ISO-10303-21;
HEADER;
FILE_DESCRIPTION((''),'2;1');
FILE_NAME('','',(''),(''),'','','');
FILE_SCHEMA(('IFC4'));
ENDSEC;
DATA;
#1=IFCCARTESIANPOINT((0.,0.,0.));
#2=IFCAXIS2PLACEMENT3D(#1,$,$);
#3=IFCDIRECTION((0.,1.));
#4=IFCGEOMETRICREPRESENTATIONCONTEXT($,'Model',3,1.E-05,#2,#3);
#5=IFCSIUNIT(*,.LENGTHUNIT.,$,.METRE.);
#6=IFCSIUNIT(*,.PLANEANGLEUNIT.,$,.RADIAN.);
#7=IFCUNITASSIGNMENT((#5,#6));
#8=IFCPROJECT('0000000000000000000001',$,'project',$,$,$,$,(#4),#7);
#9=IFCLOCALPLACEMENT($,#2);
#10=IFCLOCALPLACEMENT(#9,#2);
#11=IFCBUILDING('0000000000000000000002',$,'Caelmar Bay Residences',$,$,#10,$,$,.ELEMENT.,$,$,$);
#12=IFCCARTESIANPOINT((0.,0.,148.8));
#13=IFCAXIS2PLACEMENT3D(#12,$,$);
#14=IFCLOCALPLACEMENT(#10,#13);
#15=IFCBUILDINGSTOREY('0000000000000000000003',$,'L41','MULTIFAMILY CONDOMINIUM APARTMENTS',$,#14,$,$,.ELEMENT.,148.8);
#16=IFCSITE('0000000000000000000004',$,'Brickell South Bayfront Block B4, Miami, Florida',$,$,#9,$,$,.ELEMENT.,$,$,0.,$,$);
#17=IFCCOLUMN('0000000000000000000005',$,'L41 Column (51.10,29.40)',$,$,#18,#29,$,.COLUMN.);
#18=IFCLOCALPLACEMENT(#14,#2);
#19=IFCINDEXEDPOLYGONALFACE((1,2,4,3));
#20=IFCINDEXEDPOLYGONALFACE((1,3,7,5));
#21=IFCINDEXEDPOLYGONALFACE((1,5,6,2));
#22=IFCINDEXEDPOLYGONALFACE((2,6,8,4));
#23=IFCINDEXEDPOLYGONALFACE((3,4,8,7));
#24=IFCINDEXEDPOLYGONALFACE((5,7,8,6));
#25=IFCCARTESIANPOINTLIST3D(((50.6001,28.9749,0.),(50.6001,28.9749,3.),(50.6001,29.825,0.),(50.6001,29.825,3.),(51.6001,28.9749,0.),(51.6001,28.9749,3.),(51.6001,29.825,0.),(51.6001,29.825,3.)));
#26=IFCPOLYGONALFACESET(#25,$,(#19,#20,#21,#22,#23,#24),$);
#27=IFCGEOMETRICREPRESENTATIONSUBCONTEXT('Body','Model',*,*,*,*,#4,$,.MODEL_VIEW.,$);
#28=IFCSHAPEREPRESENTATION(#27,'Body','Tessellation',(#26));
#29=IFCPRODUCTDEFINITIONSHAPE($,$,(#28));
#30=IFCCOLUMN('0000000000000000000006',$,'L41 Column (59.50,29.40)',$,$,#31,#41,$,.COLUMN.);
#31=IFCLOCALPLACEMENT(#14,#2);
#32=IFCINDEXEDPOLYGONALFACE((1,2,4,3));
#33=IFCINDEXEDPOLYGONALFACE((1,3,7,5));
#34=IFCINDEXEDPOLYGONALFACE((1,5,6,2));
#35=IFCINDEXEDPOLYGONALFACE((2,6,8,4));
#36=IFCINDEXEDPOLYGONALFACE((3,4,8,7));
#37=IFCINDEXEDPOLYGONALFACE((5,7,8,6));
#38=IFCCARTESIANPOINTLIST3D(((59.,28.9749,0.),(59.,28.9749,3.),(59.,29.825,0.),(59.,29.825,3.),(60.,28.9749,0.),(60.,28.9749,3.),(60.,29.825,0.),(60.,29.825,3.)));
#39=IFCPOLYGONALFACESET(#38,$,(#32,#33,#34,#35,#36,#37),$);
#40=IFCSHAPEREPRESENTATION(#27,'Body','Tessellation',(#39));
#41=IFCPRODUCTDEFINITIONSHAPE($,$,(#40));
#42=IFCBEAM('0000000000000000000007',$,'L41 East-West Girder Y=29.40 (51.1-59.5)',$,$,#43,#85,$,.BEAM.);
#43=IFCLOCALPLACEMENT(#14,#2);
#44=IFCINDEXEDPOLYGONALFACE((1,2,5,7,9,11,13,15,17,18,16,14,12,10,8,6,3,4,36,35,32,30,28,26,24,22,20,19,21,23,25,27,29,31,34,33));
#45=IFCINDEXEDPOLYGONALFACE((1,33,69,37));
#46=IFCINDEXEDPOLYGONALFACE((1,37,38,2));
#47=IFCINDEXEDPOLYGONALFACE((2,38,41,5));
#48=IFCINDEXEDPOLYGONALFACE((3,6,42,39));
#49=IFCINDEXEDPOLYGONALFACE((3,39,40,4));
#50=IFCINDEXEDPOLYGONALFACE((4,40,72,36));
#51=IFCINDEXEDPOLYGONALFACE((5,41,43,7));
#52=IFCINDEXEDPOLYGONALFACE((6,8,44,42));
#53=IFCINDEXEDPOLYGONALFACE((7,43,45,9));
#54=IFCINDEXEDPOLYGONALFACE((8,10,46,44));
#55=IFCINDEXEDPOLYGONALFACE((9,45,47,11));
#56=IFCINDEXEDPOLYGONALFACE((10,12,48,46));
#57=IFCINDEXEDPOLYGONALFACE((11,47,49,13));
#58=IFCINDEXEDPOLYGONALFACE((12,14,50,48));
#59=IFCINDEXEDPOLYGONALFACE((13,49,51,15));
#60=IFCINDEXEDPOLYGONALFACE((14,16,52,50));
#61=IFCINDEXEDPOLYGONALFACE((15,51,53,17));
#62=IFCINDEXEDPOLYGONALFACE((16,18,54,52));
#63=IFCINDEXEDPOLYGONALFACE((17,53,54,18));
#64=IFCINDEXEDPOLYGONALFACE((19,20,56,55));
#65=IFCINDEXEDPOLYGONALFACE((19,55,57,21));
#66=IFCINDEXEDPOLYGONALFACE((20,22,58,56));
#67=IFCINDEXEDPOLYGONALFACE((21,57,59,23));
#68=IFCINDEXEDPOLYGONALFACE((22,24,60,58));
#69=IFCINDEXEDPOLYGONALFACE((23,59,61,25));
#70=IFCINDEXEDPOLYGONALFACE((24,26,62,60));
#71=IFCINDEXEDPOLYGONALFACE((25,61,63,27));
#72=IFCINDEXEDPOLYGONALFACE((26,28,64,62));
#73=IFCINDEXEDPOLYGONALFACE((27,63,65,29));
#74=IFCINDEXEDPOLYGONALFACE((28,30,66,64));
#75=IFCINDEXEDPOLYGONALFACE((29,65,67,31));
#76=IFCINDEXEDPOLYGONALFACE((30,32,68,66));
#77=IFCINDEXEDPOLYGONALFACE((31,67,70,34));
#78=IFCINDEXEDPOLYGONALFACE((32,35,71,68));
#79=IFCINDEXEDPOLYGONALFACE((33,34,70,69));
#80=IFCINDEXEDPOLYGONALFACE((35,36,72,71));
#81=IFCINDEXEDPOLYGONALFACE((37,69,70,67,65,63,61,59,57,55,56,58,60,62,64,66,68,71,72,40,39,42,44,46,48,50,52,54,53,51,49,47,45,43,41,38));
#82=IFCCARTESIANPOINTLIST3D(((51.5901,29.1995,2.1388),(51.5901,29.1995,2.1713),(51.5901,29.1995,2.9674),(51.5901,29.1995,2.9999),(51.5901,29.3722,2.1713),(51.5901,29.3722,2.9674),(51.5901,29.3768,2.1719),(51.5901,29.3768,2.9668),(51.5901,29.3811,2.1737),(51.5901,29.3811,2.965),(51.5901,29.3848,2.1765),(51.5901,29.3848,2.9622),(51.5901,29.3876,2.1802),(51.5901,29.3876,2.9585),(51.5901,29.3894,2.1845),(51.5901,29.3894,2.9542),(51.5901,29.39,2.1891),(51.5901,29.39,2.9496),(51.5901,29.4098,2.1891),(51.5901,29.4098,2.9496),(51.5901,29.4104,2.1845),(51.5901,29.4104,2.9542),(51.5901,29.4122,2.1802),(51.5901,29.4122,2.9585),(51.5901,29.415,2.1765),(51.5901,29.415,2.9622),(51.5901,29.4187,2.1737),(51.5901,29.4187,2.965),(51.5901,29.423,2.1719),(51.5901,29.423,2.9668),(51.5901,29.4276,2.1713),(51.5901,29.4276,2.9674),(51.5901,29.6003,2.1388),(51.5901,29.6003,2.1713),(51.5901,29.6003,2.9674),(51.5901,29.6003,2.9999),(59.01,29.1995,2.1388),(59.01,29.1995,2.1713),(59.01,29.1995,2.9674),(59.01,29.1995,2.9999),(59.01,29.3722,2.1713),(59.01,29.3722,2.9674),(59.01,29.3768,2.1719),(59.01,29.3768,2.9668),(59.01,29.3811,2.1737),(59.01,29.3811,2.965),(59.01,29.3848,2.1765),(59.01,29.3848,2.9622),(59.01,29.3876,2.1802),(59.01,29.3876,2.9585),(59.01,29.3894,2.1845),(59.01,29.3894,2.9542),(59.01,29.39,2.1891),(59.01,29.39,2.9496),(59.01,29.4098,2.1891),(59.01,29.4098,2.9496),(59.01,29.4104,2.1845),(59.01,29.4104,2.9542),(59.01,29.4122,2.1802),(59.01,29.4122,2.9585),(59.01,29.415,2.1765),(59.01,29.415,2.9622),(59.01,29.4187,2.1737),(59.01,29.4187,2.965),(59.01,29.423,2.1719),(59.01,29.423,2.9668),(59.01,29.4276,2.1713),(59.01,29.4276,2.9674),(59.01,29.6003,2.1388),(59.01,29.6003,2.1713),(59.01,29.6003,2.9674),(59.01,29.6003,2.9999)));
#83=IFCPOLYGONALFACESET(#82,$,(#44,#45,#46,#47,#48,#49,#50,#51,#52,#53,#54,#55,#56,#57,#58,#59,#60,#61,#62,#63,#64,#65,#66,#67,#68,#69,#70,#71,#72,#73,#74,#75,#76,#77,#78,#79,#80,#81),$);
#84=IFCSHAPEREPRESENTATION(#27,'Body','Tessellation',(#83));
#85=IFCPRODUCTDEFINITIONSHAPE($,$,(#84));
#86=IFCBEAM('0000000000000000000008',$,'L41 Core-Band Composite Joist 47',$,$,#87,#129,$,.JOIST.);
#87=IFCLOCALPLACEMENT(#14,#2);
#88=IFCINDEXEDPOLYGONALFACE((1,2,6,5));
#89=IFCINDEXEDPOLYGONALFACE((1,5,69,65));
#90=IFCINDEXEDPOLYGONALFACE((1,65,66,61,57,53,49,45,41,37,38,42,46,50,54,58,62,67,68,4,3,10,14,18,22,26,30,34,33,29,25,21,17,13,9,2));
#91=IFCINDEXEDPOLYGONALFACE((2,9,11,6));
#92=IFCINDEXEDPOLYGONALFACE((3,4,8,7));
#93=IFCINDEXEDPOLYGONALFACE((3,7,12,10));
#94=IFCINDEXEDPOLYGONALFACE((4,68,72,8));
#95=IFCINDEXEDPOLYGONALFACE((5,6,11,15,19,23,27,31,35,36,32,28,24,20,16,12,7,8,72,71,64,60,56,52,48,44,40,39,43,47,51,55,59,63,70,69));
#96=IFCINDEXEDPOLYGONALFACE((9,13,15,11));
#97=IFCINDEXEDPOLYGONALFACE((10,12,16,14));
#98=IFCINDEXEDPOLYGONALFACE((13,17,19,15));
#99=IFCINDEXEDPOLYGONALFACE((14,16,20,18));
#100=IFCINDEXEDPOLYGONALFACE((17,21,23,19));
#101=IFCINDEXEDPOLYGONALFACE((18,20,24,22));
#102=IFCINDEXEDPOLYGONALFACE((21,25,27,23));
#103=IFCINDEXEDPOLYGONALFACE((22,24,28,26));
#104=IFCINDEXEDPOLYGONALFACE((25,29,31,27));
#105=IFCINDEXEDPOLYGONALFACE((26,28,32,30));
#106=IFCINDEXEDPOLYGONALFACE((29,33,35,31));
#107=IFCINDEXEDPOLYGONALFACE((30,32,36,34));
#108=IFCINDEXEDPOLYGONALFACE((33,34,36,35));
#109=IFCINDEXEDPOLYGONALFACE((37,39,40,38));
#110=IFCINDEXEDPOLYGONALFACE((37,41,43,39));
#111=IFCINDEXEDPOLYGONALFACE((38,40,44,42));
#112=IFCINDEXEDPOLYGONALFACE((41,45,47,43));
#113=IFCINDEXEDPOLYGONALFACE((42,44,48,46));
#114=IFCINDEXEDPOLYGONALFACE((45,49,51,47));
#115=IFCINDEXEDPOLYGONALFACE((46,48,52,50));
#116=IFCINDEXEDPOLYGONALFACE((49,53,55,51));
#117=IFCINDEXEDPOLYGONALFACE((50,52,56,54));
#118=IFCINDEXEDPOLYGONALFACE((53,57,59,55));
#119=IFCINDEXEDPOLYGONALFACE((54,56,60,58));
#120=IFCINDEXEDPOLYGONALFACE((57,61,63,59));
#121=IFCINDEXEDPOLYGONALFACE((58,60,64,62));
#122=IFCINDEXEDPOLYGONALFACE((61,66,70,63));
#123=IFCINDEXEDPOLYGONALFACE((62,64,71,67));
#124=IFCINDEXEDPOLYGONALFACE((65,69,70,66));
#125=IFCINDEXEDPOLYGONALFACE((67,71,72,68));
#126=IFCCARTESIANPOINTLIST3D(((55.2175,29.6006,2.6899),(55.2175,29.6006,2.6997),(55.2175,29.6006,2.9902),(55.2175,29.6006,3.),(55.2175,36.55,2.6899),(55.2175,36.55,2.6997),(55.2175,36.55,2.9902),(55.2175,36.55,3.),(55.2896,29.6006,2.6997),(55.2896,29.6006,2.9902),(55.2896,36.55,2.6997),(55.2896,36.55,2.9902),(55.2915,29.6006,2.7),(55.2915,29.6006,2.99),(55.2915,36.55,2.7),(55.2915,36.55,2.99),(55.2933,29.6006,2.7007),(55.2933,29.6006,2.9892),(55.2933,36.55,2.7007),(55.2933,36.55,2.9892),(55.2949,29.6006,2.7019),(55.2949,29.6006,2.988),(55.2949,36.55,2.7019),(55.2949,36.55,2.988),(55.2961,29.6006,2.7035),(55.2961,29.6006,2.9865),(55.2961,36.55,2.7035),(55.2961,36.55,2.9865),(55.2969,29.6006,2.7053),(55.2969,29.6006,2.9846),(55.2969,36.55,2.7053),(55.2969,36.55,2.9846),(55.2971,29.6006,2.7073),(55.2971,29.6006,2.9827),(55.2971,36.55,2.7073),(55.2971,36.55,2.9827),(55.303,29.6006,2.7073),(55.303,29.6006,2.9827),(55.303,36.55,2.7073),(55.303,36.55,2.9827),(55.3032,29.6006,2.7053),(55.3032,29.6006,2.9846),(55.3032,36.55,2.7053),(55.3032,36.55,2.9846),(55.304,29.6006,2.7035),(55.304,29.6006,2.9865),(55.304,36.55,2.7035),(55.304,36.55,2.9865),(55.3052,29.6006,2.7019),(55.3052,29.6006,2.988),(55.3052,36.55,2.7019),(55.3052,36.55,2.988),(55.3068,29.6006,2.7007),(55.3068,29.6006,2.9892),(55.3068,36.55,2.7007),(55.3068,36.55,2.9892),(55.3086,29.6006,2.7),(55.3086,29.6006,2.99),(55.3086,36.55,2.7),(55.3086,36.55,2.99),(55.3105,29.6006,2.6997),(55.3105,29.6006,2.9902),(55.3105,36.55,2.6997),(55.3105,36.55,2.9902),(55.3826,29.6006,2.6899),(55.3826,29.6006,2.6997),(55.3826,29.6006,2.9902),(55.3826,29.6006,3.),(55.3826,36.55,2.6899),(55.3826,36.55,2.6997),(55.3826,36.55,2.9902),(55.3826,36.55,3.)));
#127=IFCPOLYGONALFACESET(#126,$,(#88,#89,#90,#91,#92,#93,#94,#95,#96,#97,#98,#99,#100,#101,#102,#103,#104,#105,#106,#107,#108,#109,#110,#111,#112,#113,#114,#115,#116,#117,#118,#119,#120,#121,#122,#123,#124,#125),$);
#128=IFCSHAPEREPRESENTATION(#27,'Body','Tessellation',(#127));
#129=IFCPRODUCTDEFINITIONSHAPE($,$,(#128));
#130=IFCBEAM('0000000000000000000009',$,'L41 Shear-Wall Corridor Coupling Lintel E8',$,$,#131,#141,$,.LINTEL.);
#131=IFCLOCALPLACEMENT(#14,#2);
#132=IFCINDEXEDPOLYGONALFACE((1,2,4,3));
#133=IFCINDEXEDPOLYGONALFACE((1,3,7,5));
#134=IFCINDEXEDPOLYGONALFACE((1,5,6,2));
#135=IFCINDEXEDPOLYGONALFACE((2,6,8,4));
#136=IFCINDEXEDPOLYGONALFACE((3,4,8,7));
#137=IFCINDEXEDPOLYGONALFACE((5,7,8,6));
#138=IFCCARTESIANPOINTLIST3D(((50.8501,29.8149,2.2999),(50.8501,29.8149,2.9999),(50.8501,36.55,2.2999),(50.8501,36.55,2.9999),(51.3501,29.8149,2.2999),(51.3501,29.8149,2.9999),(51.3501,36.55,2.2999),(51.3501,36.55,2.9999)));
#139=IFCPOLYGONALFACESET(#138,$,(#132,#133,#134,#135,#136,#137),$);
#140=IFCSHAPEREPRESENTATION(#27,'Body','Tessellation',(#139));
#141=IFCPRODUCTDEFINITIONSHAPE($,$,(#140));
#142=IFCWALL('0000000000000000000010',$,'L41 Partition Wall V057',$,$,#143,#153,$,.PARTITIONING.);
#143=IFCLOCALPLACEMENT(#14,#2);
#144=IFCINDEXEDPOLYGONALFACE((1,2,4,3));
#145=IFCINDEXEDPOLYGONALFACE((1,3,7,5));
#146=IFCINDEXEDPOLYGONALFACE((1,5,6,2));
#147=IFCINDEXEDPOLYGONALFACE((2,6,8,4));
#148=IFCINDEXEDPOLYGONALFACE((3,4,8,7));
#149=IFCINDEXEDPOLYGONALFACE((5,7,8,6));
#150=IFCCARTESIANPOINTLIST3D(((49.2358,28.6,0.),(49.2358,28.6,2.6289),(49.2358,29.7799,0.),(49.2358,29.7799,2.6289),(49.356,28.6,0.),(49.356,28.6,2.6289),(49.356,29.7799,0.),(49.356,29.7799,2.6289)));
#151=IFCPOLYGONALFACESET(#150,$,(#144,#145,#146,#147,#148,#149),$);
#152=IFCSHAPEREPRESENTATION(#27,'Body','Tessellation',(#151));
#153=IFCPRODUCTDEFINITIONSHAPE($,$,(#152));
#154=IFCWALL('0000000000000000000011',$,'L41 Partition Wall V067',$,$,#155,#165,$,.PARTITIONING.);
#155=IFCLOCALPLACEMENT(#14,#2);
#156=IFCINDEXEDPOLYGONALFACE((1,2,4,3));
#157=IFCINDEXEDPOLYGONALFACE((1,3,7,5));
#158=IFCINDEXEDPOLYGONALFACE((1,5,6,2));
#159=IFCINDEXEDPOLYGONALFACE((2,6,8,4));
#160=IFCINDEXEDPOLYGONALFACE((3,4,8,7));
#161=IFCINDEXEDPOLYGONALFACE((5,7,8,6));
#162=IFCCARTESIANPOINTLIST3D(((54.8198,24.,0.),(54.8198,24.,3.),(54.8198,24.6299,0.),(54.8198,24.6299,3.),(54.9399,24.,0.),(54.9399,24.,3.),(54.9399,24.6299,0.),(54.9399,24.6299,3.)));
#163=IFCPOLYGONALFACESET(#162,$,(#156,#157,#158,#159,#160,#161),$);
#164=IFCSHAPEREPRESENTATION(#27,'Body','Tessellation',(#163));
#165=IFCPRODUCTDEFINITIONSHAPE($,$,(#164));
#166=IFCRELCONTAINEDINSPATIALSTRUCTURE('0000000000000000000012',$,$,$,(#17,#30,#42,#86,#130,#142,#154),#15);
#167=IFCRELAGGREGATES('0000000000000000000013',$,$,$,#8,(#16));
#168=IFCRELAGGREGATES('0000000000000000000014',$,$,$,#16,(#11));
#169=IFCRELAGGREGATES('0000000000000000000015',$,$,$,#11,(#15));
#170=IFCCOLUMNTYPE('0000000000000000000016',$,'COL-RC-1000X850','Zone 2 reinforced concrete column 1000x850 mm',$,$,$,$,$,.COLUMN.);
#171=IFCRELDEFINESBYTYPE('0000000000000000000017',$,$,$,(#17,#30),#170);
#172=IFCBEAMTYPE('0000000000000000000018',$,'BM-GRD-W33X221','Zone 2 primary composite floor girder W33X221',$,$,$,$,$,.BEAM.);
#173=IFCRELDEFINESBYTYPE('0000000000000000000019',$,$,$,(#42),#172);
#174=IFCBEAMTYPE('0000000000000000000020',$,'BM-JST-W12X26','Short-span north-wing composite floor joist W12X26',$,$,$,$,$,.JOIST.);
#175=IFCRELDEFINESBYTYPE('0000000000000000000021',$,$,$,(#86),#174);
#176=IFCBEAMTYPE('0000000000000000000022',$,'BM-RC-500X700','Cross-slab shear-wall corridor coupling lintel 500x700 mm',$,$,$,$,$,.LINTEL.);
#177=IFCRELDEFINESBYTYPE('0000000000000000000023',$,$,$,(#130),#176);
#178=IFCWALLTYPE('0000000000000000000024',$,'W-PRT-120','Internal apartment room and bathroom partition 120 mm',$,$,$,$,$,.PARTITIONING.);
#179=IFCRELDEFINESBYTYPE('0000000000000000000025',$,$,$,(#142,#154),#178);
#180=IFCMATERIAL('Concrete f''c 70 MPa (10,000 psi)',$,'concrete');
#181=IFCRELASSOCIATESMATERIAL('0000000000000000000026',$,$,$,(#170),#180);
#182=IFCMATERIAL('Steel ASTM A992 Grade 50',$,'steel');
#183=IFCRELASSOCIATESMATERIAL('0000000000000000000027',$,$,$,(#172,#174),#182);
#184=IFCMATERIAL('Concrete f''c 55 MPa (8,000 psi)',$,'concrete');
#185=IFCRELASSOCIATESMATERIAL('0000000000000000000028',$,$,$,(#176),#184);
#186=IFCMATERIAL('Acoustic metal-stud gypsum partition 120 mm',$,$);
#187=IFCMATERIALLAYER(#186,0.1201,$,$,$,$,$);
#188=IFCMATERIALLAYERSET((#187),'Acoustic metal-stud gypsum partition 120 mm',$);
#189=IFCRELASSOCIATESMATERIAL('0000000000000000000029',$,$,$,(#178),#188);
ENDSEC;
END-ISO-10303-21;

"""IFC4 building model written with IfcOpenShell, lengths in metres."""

from ifc_helpers import new_model, si_unit, direction, frame, frame_2d, origin, origin_2d, place, context, subcontext, project, spatial, rectangle, i_section, extrude, material, layer, layer_set, material_profile, profile_set, type_object, element, save


model = new_model("IFC4")

# Units and contexts
model_context = context("Model", 3, precision=1e-05, world=origin(), true_north=direction((0.0, 1.0)))
body_context = subcontext(model_context, "Body", "Model", "MODEL_VIEW")
ifc_project = project(units=[si_unit("LENGTHUNIT", "METRE"), si_unit("PLANEANGLEUNIT", "RADIAN")], contexts=[model_context])

# Site, building, storey
site_placement = place(None, origin())
site = spatial("IfcSite", under=ifc_project, at=site_placement, Name="Brickell South Bayfront Block B4, Miami, Florida", CompositionType="ELEMENT", RefElevation=0.0)
building_placement = place(site_placement, origin())
building = spatial("IfcBuilding", under=site, at=building_placement, Name="Caelmar Bay Residences", CompositionType="ELEMENT")
storey_placement = place(building_placement, frame((0.0, 0.0, 148.8)))
storey = spatial("IfcBuildingStorey", under=building, at=storey_placement, Name="L41", Description="MULTIFAMILY CONDOMINIUM APARTMENTS", CompositionType="ELEMENT", Elevation=148.8)

# Columns
ifc_material_1 = material(Name="Concrete f'c 70 MPa (10,000 psi)", Category="concrete")
ifc_material_profile_1 = material_profile(ifc_material_1, rectangle(XDim=1.0, YDim=0.8501, at=origin_2d()), Name="RC-COL-1000X850")
ifc_profile_set_1 = profile_set([ifc_material_profile_1], Name="Concrete f'c 70 MPa (10,000 psi)")
column_type = type_object("IfcColumnType", Name="COL-RC-1000X850", Description="Zone 2 reinforced concrete column 1000x850 mm", PredefinedType="COLUMN", material=ifc_profile_set_1)
for number, where, z_axis, x_axis, name in (
    (1, (51.1001, 29.3999, 0.0), (0.0, 0.0, 1.0), (1.0, 0.0, 0.0), "L41 Column (51.10,29.40)"),
    (2, (59.5, 29.3999, 0.0), (0.0, 0.0, 1.0), (1.0, 0.0, 0.0), "L41 Column (59.50,29.40)"),
):
    element("IfcColumn", number, at=place(storey_placement, frame(where, z_axis=z_axis, x_axis=x_axis)), inside=storey, type_object=column_type, Name=name, PredefinedType="COLUMN", context=body_context, shape_type="SweptSolid", body=[
        extrude(rectangle(XDim=1.0, YDim=0.8501, at=origin_2d()), origin(), (0.0, 0.0, 1.0), 3.0),
    ])

# Beams
ifc_material_2 = material(Name="Steel ASTM A992 Grade 50", Category="steel")
ifc_material_profile_2 = material_profile(ifc_material_2, i_section(OverallWidth=0.4009, OverallDepth=0.8611, WebThickness=0.0198, FlangeThickness=0.0325, FilletRadius=0.0178, at=origin_2d()), Name="W33X221")
ifc_profile_set_2 = profile_set([ifc_material_profile_2], Name="Steel ASTM A992 Grade 50")
beam_type_1 = type_object("IfcBeamType", Name="BM-GRD-W33X221", Description="Zone 2 primary composite floor girder W33X221", PredefinedType="BEAM", material=ifc_profile_set_2)
beam_1_placement = place(storey_placement, frame((51.5901, 29.3999, 2.5693), z_axis=(1.0, 0.0, 0.0), x_axis=(0.0, 1.0, 0.0)))
element("IfcBeam", 3, at=beam_1_placement, inside=storey, type_object=beam_type_1, Name="L41 East-West Girder Y=29.40 (51.1-59.5)", PredefinedType="BEAM", context=body_context, shape_type="SweptSolid", body=[
    extrude(i_section(OverallWidth=0.4009, OverallDepth=0.8611, WebThickness=0.0198, FlangeThickness=0.0325, FilletRadius=0.0178, at=origin_2d()), origin(), (0.0, 0.0, 1.0), 7.4199),
])
ifc_material_profile_3 = material_profile(ifc_material_2, i_section(OverallWidth=0.165, OverallDepth=0.3101, WebThickness=0.0059, FlangeThickness=0.0098, FilletRadius=0.0076, at=origin_2d()), Name="W12X26")
ifc_profile_set_3 = profile_set([ifc_material_profile_3], Name="Steel ASTM A992 Grade 50")
beam_type_2 = type_object("IfcBeamType", Name="BM-JST-W12X26", Description="Short-span north-wing composite floor joist W12X26", PredefinedType="JOIST", material=ifc_profile_set_3)
beam_2_placement = place(storey_placement, frame((55.3, 29.6006, 2.845), z_axis=(0.0, 1.0, 0.0), x_axis=(-1.0, 0.0, 0.0)))
element("IfcBeam", 4, at=beam_2_placement, inside=storey, type_object=beam_type_2, Name="L41 Core-Band Composite Joist 47", PredefinedType="JOIST", context=body_context, shape_type="SweptSolid", body=[
    extrude(i_section(OverallWidth=0.165, OverallDepth=0.3101, WebThickness=0.0059, FlangeThickness=0.0098, FilletRadius=0.0076, at=origin_2d()), origin(), (0.0, 0.0, 1.0), 6.9495),
])
ifc_material_3 = material(Name="Concrete f'c 55 MPa (8,000 psi)", Category="concrete")
ifc_material_profile_4 = material_profile(ifc_material_3, rectangle(XDim=0.5, YDim=0.7, at=origin_2d()), Name="RC-BM-500X700")
ifc_profile_set_4 = profile_set([ifc_material_profile_4], Name="Concrete f'c 55 MPa (8,000 psi)")
beam_type_3 = type_object("IfcBeamType", Name="BM-RC-500X700", Description="Cross-slab shear-wall corridor coupling lintel 500x700 mm", PredefinedType="LINTEL", material=ifc_profile_set_4)
beam_3_placement = place(storey_placement, frame((51.1001, 29.8149, 2.6499), z_axis=(0.0, 1.0, 0.0), x_axis=(-1.0, 0.0, 0.0)))
element("IfcBeam", 5, at=beam_3_placement, inside=storey, type_object=beam_type_3, Name="L41 Shear-Wall Corridor Coupling Lintel E8", PredefinedType="LINTEL", context=body_context, shape_type="SweptSolid", body=[
    extrude(rectangle(XDim=0.5, YDim=0.7, at=origin_2d()), origin(), (0.0, 0.0, 1.0), 6.7351),
])

# Walls
ifc_material_4 = material(Name="Acoustic metal-stud gypsum partition 120 mm")
ifc_layer_1 = layer(ifc_material_4, 0.1201)
ifc_layer_set_1 = layer_set([ifc_layer_1], Name="Acoustic metal-stud gypsum partition 120 mm")
wall_type_1 = type_object("IfcWallType", Name="W-PRT-120", Description="Internal apartment room and bathroom partition 120 mm", PredefinedType="PARTITIONING", material=ifc_layer_set_1)
wall_1_placement = place(storey_placement, frame((49.2959, 28.6001, 0.0), z_axis=(0.0, 0.0, 1.0), x_axis=(0.0, 1.0, 0.0)))
element("IfcWall", 6, at=wall_1_placement, inside=storey, type_object=wall_type_1, Name="L41 Partition Wall V057", PredefinedType="PARTITIONING", context=body_context, shape_type="SweptSolid", body=[
    extrude(rectangle(XDim=1.1799, YDim=0.1201, at=frame_2d((0.5898, 0.0))), origin(), (0.0, 0.0, 1.0), 2.6289),
])
wall_2_placement = place(storey_placement, frame((54.8799, 24.0, 0.0), z_axis=(0.0, 0.0, 1.0), x_axis=(0.0, 1.0, 0.0)))
element("IfcWall", 7, at=wall_2_placement, inside=storey, type_object=wall_type_1, Name="L41 Partition Wall V067", PredefinedType="PARTITIONING", context=body_context, shape_type="SweptSolid", body=[
    extrude(rectangle(XDim=0.6299, YDim=0.1201, at=frame_2d((0.3149, 0.0))), origin(), (0.0, 0.0, 1.0), 3.0),
])

save(model, "model.ifc")
